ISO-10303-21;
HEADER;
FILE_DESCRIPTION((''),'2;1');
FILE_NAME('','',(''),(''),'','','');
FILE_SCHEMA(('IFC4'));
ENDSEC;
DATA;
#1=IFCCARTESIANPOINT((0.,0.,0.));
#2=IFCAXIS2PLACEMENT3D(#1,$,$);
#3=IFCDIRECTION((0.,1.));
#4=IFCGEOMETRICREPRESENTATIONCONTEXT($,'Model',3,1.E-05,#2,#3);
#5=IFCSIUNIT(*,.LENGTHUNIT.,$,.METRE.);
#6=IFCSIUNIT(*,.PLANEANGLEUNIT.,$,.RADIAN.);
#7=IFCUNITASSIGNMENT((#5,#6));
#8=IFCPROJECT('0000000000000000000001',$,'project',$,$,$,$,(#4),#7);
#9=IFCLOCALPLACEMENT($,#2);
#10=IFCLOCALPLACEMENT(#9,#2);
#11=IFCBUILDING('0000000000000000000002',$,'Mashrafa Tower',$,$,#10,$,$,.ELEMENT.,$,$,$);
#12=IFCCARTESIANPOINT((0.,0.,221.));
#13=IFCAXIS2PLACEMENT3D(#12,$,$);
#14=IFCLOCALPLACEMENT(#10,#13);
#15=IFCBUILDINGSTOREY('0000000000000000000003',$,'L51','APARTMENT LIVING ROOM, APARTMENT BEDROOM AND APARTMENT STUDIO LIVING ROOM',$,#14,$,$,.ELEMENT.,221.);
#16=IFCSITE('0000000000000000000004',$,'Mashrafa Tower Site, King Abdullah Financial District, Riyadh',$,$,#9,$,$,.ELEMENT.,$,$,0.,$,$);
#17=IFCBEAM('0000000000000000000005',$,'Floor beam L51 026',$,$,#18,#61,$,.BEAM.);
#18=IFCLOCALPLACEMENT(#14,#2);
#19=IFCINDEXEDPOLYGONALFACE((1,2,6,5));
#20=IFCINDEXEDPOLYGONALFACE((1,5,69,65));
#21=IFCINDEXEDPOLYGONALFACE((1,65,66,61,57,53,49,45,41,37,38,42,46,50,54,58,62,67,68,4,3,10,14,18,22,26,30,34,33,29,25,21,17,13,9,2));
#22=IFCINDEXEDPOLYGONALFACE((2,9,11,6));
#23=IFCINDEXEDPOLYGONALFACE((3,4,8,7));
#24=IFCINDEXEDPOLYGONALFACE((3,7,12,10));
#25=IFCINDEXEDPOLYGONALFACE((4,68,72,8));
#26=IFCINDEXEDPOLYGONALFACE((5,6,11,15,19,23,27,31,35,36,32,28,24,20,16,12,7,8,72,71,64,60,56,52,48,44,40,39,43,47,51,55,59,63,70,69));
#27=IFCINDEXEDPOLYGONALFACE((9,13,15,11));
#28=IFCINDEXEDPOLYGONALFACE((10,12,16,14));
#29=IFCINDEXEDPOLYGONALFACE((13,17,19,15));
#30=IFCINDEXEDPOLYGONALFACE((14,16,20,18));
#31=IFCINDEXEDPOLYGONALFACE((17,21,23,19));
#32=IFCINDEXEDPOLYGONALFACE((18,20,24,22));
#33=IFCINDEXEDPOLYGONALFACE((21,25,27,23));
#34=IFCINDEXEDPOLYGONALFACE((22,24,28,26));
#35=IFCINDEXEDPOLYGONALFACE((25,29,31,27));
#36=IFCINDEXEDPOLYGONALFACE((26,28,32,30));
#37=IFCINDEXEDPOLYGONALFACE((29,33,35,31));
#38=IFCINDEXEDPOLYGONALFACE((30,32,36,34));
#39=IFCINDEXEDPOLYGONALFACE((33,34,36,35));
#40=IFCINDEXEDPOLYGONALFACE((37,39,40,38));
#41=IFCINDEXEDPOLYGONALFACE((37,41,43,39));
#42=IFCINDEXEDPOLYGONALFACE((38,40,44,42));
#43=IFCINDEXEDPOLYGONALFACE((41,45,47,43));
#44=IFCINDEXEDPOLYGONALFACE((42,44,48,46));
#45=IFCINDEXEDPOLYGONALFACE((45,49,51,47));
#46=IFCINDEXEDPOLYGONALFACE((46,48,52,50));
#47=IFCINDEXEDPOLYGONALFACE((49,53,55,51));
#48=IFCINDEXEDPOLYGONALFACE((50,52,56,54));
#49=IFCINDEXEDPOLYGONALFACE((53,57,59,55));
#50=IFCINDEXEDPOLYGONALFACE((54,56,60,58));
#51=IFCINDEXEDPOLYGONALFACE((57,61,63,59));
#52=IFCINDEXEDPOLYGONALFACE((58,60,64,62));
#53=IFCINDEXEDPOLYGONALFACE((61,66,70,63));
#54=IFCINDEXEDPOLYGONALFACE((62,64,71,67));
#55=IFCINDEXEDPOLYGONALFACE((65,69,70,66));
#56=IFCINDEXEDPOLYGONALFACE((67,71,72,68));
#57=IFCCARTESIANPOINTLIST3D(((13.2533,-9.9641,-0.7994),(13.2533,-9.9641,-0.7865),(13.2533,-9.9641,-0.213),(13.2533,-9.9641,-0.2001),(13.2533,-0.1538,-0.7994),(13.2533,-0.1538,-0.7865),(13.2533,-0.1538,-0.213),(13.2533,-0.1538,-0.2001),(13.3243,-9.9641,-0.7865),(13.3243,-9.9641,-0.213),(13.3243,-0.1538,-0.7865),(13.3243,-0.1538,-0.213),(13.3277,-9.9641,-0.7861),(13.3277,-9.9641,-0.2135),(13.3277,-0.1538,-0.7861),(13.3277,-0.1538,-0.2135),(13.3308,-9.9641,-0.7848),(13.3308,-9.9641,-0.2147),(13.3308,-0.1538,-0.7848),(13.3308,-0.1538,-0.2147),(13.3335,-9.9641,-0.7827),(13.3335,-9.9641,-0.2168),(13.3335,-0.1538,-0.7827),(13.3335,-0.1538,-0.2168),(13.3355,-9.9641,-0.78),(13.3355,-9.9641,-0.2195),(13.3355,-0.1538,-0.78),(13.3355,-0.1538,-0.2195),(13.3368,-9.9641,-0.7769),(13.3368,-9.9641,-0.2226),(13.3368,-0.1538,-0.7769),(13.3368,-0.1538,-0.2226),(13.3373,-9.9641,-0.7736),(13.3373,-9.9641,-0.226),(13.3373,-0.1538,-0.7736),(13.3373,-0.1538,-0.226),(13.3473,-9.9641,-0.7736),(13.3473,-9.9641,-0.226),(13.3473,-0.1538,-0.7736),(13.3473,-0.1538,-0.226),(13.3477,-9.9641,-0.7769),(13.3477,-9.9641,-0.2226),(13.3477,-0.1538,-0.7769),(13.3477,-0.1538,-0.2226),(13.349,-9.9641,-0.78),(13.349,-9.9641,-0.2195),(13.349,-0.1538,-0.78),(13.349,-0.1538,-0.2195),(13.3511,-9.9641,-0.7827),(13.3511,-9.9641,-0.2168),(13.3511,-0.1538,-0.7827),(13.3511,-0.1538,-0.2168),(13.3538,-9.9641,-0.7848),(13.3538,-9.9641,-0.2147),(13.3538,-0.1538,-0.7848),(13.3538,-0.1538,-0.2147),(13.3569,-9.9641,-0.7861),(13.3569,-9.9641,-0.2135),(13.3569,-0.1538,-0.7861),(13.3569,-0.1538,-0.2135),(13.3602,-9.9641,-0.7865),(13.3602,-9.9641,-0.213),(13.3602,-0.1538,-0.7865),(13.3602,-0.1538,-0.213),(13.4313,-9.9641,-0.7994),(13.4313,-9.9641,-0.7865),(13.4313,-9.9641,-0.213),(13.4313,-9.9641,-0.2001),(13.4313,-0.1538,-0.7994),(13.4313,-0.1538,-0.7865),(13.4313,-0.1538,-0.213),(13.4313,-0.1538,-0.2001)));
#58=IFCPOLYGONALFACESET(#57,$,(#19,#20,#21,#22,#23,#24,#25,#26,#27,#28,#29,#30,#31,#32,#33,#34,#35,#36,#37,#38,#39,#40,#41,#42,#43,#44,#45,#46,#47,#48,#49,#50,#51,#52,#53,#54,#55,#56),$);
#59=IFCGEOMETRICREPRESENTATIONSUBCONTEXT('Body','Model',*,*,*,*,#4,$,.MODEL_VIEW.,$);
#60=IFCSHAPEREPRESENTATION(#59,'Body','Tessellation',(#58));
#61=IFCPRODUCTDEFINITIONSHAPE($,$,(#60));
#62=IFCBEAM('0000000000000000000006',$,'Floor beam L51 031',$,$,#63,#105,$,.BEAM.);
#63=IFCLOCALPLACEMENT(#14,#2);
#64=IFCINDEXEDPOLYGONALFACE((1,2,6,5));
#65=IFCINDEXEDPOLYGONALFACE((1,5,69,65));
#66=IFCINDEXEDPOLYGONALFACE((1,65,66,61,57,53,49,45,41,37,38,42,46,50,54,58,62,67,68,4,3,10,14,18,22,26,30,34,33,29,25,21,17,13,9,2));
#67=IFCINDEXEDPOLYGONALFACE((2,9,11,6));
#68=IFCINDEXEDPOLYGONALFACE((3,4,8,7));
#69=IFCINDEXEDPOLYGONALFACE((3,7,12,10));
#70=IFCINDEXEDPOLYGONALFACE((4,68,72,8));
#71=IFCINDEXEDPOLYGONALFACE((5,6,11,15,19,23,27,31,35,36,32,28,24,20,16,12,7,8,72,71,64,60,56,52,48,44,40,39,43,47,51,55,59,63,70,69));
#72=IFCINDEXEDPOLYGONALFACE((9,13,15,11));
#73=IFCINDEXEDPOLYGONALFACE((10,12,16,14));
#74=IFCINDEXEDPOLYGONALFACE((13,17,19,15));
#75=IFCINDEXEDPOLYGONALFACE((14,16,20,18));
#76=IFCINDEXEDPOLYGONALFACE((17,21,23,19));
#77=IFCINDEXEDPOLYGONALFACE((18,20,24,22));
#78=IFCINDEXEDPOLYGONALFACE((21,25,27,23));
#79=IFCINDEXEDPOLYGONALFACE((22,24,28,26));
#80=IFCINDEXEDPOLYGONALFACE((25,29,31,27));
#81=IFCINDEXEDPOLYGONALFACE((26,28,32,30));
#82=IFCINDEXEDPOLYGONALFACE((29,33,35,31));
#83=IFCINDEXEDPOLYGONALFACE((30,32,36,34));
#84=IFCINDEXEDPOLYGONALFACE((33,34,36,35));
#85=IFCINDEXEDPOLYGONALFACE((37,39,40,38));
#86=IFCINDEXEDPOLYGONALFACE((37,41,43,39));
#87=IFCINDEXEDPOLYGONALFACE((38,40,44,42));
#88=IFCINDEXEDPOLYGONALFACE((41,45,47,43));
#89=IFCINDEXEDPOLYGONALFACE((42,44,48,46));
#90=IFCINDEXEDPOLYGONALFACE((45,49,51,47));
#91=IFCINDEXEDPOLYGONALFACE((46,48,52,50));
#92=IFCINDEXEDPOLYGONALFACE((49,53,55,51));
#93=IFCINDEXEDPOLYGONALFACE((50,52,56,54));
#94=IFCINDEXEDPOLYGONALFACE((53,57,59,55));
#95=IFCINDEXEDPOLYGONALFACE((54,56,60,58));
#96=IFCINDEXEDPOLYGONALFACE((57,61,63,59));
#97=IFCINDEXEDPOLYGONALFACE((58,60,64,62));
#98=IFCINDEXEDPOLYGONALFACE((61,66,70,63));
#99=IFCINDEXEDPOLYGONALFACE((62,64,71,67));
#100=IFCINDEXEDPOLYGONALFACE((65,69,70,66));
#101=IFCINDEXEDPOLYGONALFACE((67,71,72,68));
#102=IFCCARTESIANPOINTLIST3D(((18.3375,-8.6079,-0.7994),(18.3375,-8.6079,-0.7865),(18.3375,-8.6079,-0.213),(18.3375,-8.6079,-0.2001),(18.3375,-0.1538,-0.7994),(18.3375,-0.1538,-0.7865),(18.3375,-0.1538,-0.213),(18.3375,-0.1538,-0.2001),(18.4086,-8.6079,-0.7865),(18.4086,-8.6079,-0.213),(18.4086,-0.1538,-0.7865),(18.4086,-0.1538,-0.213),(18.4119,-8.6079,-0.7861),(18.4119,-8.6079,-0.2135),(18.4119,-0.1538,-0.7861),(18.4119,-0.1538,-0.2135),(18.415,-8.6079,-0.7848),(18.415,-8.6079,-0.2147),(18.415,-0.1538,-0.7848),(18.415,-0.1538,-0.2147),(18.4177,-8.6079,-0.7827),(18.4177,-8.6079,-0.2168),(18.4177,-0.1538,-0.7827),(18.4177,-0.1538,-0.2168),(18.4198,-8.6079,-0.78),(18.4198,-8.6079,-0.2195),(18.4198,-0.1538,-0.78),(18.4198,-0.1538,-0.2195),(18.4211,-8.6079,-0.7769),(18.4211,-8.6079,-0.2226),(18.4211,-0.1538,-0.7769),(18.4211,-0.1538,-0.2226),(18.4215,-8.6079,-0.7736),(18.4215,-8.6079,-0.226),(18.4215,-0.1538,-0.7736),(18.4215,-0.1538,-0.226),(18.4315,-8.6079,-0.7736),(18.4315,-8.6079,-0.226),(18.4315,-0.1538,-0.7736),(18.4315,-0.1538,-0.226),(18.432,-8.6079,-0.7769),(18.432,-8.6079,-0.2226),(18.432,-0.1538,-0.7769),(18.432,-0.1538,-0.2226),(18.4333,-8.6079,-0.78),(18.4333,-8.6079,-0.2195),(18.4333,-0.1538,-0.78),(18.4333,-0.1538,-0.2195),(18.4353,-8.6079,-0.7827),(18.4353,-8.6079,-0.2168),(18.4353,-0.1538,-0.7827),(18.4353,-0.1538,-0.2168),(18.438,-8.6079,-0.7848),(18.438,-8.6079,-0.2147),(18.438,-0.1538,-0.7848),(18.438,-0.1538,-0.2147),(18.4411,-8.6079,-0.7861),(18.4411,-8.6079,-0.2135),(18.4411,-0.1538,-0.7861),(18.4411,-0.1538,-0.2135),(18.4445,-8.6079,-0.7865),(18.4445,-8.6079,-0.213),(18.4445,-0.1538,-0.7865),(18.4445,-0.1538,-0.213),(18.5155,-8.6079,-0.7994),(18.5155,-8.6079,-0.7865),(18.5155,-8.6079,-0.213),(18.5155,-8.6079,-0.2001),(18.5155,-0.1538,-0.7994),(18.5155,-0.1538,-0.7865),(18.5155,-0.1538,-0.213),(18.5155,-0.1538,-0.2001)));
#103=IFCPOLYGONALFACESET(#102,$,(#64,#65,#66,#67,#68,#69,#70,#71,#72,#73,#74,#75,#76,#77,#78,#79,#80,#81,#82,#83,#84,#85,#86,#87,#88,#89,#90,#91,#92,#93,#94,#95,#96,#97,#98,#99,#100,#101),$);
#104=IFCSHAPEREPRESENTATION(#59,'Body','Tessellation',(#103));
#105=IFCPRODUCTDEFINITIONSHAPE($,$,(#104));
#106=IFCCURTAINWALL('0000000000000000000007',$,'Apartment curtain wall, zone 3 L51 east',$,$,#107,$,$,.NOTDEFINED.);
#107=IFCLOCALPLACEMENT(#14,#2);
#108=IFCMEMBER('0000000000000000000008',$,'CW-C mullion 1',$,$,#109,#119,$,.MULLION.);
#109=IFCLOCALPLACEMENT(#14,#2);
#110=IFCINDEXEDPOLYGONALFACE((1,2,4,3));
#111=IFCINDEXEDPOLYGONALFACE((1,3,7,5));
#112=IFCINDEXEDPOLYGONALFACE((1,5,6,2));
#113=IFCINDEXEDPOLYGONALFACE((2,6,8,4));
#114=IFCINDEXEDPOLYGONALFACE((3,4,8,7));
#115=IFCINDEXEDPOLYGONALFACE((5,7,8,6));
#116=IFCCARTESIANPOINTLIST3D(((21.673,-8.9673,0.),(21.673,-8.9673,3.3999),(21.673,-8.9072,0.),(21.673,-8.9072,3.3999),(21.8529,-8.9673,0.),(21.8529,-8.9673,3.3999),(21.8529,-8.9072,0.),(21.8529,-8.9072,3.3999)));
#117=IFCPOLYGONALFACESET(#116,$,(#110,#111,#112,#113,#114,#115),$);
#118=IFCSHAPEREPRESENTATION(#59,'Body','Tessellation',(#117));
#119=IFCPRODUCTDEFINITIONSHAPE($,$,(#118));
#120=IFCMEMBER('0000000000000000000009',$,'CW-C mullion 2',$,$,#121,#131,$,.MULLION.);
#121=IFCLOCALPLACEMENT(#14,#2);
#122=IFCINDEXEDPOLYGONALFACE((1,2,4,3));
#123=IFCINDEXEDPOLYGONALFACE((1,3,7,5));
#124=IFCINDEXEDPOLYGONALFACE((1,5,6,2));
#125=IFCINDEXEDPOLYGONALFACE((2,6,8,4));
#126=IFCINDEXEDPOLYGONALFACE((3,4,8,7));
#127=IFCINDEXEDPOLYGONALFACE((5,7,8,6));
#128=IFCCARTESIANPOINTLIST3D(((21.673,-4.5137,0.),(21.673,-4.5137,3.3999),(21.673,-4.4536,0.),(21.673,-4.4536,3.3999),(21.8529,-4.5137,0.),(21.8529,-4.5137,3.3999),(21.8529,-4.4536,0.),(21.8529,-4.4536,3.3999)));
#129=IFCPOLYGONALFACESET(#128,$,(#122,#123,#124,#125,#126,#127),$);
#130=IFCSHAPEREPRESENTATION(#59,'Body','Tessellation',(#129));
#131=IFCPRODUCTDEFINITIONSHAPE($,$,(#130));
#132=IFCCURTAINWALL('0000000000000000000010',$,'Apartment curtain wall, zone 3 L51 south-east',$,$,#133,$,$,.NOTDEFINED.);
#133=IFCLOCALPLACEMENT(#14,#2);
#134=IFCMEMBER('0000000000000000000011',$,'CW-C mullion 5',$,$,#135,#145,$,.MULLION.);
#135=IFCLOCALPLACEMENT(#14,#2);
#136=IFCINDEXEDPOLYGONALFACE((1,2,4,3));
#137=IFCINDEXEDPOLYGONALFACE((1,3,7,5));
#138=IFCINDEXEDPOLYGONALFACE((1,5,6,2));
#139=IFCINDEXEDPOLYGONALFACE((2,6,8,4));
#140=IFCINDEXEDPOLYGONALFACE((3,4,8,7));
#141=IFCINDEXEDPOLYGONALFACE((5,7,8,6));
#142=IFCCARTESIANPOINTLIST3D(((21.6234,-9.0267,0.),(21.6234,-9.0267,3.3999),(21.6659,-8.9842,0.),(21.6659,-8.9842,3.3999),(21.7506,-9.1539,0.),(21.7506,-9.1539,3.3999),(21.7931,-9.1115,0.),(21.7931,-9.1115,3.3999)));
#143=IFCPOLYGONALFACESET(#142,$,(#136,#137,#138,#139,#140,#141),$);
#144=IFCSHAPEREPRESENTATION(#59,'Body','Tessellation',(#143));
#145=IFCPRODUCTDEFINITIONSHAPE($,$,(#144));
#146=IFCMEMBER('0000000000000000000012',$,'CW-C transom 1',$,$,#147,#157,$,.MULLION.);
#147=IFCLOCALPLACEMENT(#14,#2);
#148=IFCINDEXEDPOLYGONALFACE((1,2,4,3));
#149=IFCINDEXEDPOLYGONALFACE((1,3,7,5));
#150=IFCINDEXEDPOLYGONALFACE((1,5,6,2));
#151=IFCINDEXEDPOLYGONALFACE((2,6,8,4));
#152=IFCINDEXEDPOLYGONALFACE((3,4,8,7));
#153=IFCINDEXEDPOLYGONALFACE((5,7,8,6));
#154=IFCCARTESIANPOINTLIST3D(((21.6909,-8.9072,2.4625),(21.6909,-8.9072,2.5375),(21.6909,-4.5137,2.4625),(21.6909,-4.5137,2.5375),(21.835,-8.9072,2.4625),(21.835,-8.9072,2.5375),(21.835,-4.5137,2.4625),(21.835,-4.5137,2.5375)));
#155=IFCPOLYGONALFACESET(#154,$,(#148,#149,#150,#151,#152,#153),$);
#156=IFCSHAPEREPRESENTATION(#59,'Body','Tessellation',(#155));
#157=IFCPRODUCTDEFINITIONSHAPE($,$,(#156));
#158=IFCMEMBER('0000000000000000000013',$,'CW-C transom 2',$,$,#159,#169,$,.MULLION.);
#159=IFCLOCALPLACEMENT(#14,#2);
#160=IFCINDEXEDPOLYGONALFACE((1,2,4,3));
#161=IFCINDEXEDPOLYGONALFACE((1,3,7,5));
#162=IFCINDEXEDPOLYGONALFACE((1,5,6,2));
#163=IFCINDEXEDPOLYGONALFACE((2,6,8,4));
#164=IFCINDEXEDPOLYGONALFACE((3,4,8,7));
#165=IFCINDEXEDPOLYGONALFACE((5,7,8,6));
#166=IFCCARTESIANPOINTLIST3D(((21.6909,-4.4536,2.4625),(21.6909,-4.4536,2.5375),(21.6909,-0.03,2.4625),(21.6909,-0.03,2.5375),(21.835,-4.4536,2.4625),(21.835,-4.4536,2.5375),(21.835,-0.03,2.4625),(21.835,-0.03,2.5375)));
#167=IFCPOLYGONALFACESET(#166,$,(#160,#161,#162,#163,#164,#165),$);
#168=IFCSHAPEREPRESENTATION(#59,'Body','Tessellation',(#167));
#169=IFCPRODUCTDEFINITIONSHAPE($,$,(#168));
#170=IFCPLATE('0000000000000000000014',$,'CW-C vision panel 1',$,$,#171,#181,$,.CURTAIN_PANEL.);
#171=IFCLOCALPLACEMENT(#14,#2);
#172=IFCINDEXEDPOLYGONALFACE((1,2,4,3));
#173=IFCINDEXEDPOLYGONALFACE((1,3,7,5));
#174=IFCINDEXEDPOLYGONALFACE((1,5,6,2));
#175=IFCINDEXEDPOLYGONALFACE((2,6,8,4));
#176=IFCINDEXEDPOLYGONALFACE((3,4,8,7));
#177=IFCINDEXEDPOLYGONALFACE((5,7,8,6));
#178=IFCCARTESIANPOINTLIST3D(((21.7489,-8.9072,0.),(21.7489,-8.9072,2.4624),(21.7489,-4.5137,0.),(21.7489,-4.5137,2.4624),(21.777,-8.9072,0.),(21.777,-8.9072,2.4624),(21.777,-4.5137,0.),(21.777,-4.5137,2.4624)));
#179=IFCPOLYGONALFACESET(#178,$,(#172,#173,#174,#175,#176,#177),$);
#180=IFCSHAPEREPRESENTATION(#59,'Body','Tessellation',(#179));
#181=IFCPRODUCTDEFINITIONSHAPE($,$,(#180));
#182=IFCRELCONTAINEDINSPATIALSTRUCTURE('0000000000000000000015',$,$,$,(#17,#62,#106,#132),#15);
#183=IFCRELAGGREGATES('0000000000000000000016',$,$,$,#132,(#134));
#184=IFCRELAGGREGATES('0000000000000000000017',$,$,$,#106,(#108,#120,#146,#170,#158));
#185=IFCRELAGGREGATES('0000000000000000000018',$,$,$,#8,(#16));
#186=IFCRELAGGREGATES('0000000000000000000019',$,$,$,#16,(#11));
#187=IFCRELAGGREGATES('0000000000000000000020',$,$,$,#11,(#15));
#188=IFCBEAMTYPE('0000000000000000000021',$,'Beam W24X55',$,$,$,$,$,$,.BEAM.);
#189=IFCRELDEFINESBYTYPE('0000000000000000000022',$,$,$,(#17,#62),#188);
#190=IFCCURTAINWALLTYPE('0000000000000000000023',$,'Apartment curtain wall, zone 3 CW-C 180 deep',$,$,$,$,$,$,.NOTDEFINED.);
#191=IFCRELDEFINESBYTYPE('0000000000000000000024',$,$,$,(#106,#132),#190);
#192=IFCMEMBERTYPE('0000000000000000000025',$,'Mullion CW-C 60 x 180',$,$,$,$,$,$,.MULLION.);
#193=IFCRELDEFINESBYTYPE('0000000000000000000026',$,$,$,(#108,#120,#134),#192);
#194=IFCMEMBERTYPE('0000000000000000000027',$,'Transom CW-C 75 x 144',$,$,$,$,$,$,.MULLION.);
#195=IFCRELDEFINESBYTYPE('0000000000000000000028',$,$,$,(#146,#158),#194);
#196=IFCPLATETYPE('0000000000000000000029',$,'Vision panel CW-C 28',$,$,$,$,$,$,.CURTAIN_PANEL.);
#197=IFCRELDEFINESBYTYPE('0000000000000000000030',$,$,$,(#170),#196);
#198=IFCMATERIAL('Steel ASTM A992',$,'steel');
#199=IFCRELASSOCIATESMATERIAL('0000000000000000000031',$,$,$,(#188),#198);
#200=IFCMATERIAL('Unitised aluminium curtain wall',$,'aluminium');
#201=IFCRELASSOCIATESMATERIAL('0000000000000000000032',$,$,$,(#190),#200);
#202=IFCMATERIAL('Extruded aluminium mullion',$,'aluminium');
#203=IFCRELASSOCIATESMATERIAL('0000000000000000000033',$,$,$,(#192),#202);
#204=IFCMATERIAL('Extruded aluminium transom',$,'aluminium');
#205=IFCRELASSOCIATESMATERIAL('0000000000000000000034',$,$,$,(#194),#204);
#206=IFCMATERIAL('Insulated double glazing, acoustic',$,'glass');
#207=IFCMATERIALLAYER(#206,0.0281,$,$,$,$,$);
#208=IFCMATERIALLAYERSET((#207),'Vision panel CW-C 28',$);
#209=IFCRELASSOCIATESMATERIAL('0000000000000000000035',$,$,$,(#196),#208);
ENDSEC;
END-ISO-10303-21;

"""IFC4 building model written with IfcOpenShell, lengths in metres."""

from ifc_helpers import new_model, si_unit, direction, frame, origin, origin_2d, place, context, subcontext, project, spatial, rectangle, i_section, extrude, source, transform, mapped, material, layer, layer_set, material_profile, profile_set, type_object, type_shapes, element, aggregate, save


model = new_model("IFC4")

# Units and contexts
model_context = context("Model", 3, precision=1e-05, world=origin(), true_north=direction((0.0, 1.0)))
body_context = subcontext(model_context, "Body", "Model", "MODEL_VIEW")
ifc_project = project(units=[si_unit("LENGTHUNIT", "METRE"), si_unit("PLANEANGLEUNIT", "RADIAN")], contexts=[model_context])

# Site, building, storey
site_placement = place(None, origin())
site = spatial("IfcSite", under=ifc_project, at=site_placement, Name="Mashrafa Tower Site, King Abdullah Financial District, Riyadh", CompositionType="ELEMENT", RefElevation=0.0)
building_placement = place(site_placement, origin())
building = spatial("IfcBuilding", under=site, at=building_placement, Name="Mashrafa Tower", CompositionType="ELEMENT")
storey_placement = place(building_placement, frame((0.0, 0.0, 221.0)))
storey = spatial("IfcBuildingStorey", under=building, at=storey_placement, Name="L51", Description="APARTMENT LIVING ROOM, APARTMENT BEDROOM AND APARTMENT STUDIO LIVING ROOM", CompositionType="ELEMENT", Elevation=221.0)

# Beams
ifc_material_1 = material(Name="Steel ASTM A992", Category="steel")
ifc_material_profile_1 = material_profile(ifc_material_1, i_section(OverallWidth=0.178, OverallDepth=0.5994, WebThickness=0.01, FlangeThickness=0.0129, FilletRadius=0.0129, at=origin_2d()), Name="W24X55")
ifc_profile_set_1 = profile_set([ifc_material_profile_1], Name="Steel ASTM A992")
beam_type_1 = type_object("IfcBeamType", Name="Beam W24X55", PredefinedType="BEAM", material=ifc_profile_set_1)
beam_1_placement = place(storey_placement, frame((13.3423, -0.1538, -0.4998), z_axis=(0.0, -1.0, 0.0), x_axis=(1.0, 0.0, 0.0)))
element("IfcBeam", 1, at=beam_1_placement, inside=storey, type_object=beam_type_1, Name="Floor beam L51 026", PredefinedType="BEAM", context=body_context, shape_type="SweptSolid", body=[
    extrude(i_section(OverallWidth=0.178, OverallDepth=0.5994, WebThickness=0.01, FlangeThickness=0.0129, FilletRadius=0.0129, at=origin_2d()), origin(), (0.0, 0.0, 1.0), 9.8103),
])
beam_2_placement = place(storey_placement, frame((18.4265, -0.1538, -0.4998), z_axis=(0.0, -1.0, 0.0), x_axis=(1.0, 0.0, 0.0)))
element("IfcBeam", 2, at=beam_2_placement, inside=storey, type_object=beam_type_1, Name="Floor beam L51 031", PredefinedType="BEAM", context=body_context, shape_type="SweptSolid", body=[
    extrude(i_section(OverallWidth=0.178, OverallDepth=0.5994, WebThickness=0.01, FlangeThickness=0.0129, FilletRadius=0.0129, at=origin_2d()), origin(), (0.0, 0.0, 1.0), 8.4541),
])

# Curtain wall, members
ifc_material_2 = material(Name="Unitised aluminium curtain wall", Category="aluminium")
curtain_wall_type = type_object("IfcCurtainWallType", Name="Apartment curtain wall, zone 3 CW-C 180 deep", PredefinedType="NOTDEFINED", material=ifc_material_2)
curtain_wall_1_placement = place(storey_placement, origin())
curtain_wall_1 = element("IfcCurtainWall", 3, at=curtain_wall_1_placement, inside=storey, type_object=curtain_wall_type, Name="Apartment curtain wall, zone 3 L51 east", PredefinedType="NOTDEFINED")
ifc_material_3 = material(Name="Extruded aluminium mullion", Category="aluminium")
ifc_material_profile_2 = material_profile(ifc_material_3, rectangle(XDim=0.1799, YDim=0.0601, at=origin_2d()), Name="Mullion 60x180")
ifc_profile_set_2 = profile_set([ifc_material_profile_2], Name="Extruded aluminium mullion")
member_type_1 = type_object("IfcMemberType", Name="Mullion CW-C 60 x 180", PredefinedType="MULLION", material=ifc_profile_set_2)
shared_shape_1 = source(origin(), body_context, "Body", "SweptSolid", [
    extrude(rectangle(XDim=0.1799, YDim=0.0601, at=origin_2d()), origin(), (0.0, 0.0, 1.0), 3.3999),
])
type_shapes(member_type_1, [shared_shape_1])
member_1_placement = place(storey_placement, frame((21.7629, -8.9373, 0.0), z_axis=(0.0, 0.0, 1.0), x_axis=(-1.0, 0.0, 0.0)))
member_1 = element("IfcMember", 4, at=member_1_placement, type_object=member_type_1, Name="CW-C mullion 1", PredefinedType="MULLION", context=body_context, shape_type="MappedRepresentation", body=[
    mapped(shared_shape_1, transform((0.0, 0.0, 0.0))),
])
member_2_placement = place(storey_placement, frame((21.7629, -4.4836, 0.0), z_axis=(0.0, 0.0, 1.0), x_axis=(-1.0, 0.0, 0.0)))
member_2 = element("IfcMember", 5, at=member_2_placement, type_object=member_type_1, Name="CW-C mullion 2", PredefinedType="MULLION", context=body_context, shape_type="MappedRepresentation", body=[
    mapped(shared_shape_1, transform((0.0, 0.0, 0.0))),
])

# Curtain wall, member
curtain_wall_2_placement = place(storey_placement, origin())
curtain_wall_2 = element("IfcCurtainWall", 6, at=curtain_wall_2_placement, inside=storey, type_object=curtain_wall_type, Name="Apartment curtain wall, zone 3 L51 south-east", PredefinedType="NOTDEFINED")
member_3_placement = place(storey_placement, frame((21.7083, -9.0691, 0.0), z_axis=(0.0, 0.0, 1.0), x_axis=(-0.707107, 0.707107, 0.0)))
member_3 = element("IfcMember", 7, at=member_3_placement, type_object=member_type_1, Name="CW-C mullion 5", PredefinedType="MULLION", context=body_context, shape_type="MappedRepresentation", body=[
    mapped(shared_shape_1, transform((0.0, 0.0, 0.0))),
])
aggregate(curtain_wall_2, [member_3])

# Members
ifc_material_4 = material(Name="Extruded aluminium transom", Category="aluminium")
ifc_material_profile_3 = material_profile(ifc_material_4, rectangle(XDim=0.144, YDim=0.075, at=origin_2d()), Name="Transom 75x144")
ifc_profile_set_3 = profile_set([ifc_material_profile_3], Name="Extruded aluminium transom")
member_type_2 = type_object("IfcMemberType", Name="Transom CW-C 75 x 144", PredefinedType="MULLION", material=ifc_profile_set_3)
shared_shape_2 = source(origin(), body_context, "Body", "SweptSolid", [
    extrude(rectangle(XDim=0.144, YDim=0.075, at=origin_2d()), origin(), (0.0, 0.0, 1.0), 4.3936),
])
member_4_placement = place(storey_placement, frame((21.7629, -8.9072, 2.5), z_axis=(0.0, 1.0, 0.0), x_axis=(-1.0, 0.0, 0.0)))
member_4 = element("IfcMember", 8, at=member_4_placement, type_object=member_type_2, Name="CW-C transom 1", PredefinedType="MULLION", context=body_context, shape_type="MappedRepresentation", body=[
    mapped(shared_shape_2, transform((0.0, 0.0, 0.0))),
])
shared_shape_3 = source(origin(), body_context, "Body", "SweptSolid", [
    extrude(rectangle(XDim=0.144, YDim=0.075, at=origin_2d()), origin(), (0.0, 0.0, 1.0), 4.4236),
])
type_shapes(member_type_2, [shared_shape_2, shared_shape_3])
member_5_placement = place(storey_placement, frame((21.7629, -4.4536, 2.5), z_axis=(0.0, 1.0, 0.0), x_axis=(-1.0, 0.0, 0.0)))
member_5 = element("IfcMember", 9, at=member_5_placement, type_object=member_type_2, Name="CW-C transom 2", PredefinedType="MULLION", context=body_context, shape_type="MappedRepresentation", body=[
    mapped(shared_shape_3, transform((0.0, 0.0, 0.0))),
])

# Plate
ifc_material_5 = material(Name="Insulated double glazing, acoustic", Category="glass")
ifc_layer_1 = layer(ifc_material_5, 0.0281)
ifc_layer_set_1 = layer_set([ifc_layer_1], Name="Vision panel CW-C 28")
plate_type_1 = type_object("IfcPlateType", Name="Vision panel CW-C 28", PredefinedType="CURTAIN_PANEL", material=ifc_layer_set_1)
shared_shape_4 = source(origin(), body_context, "Body", "SweptSolid", [
    extrude(rectangle(XDim=4.3936, YDim=0.0281, at=origin_2d()), origin(), (0.0, 0.0, 1.0), 2.4624),
])
plate_1_placement = place(storey_placement, frame((21.7629, -6.7104, 0.0), z_axis=(0.0, 0.0, 1.0), x_axis=(0.0, 1.0, 0.0)))
plate_1 = element("IfcPlate", 10, at=plate_1_placement, type_object=plate_type_1, Name="CW-C vision panel 1", PredefinedType="CURTAIN_PANEL", context=body_context, shape_type="MappedRepresentation", body=[
    mapped(shared_shape_4, transform((0.0, 0.0, 0.0))),
])
aggregate(curtain_wall_1, [member_1, member_2, member_4, plate_1, member_5])

save(model, "model.ifc")
